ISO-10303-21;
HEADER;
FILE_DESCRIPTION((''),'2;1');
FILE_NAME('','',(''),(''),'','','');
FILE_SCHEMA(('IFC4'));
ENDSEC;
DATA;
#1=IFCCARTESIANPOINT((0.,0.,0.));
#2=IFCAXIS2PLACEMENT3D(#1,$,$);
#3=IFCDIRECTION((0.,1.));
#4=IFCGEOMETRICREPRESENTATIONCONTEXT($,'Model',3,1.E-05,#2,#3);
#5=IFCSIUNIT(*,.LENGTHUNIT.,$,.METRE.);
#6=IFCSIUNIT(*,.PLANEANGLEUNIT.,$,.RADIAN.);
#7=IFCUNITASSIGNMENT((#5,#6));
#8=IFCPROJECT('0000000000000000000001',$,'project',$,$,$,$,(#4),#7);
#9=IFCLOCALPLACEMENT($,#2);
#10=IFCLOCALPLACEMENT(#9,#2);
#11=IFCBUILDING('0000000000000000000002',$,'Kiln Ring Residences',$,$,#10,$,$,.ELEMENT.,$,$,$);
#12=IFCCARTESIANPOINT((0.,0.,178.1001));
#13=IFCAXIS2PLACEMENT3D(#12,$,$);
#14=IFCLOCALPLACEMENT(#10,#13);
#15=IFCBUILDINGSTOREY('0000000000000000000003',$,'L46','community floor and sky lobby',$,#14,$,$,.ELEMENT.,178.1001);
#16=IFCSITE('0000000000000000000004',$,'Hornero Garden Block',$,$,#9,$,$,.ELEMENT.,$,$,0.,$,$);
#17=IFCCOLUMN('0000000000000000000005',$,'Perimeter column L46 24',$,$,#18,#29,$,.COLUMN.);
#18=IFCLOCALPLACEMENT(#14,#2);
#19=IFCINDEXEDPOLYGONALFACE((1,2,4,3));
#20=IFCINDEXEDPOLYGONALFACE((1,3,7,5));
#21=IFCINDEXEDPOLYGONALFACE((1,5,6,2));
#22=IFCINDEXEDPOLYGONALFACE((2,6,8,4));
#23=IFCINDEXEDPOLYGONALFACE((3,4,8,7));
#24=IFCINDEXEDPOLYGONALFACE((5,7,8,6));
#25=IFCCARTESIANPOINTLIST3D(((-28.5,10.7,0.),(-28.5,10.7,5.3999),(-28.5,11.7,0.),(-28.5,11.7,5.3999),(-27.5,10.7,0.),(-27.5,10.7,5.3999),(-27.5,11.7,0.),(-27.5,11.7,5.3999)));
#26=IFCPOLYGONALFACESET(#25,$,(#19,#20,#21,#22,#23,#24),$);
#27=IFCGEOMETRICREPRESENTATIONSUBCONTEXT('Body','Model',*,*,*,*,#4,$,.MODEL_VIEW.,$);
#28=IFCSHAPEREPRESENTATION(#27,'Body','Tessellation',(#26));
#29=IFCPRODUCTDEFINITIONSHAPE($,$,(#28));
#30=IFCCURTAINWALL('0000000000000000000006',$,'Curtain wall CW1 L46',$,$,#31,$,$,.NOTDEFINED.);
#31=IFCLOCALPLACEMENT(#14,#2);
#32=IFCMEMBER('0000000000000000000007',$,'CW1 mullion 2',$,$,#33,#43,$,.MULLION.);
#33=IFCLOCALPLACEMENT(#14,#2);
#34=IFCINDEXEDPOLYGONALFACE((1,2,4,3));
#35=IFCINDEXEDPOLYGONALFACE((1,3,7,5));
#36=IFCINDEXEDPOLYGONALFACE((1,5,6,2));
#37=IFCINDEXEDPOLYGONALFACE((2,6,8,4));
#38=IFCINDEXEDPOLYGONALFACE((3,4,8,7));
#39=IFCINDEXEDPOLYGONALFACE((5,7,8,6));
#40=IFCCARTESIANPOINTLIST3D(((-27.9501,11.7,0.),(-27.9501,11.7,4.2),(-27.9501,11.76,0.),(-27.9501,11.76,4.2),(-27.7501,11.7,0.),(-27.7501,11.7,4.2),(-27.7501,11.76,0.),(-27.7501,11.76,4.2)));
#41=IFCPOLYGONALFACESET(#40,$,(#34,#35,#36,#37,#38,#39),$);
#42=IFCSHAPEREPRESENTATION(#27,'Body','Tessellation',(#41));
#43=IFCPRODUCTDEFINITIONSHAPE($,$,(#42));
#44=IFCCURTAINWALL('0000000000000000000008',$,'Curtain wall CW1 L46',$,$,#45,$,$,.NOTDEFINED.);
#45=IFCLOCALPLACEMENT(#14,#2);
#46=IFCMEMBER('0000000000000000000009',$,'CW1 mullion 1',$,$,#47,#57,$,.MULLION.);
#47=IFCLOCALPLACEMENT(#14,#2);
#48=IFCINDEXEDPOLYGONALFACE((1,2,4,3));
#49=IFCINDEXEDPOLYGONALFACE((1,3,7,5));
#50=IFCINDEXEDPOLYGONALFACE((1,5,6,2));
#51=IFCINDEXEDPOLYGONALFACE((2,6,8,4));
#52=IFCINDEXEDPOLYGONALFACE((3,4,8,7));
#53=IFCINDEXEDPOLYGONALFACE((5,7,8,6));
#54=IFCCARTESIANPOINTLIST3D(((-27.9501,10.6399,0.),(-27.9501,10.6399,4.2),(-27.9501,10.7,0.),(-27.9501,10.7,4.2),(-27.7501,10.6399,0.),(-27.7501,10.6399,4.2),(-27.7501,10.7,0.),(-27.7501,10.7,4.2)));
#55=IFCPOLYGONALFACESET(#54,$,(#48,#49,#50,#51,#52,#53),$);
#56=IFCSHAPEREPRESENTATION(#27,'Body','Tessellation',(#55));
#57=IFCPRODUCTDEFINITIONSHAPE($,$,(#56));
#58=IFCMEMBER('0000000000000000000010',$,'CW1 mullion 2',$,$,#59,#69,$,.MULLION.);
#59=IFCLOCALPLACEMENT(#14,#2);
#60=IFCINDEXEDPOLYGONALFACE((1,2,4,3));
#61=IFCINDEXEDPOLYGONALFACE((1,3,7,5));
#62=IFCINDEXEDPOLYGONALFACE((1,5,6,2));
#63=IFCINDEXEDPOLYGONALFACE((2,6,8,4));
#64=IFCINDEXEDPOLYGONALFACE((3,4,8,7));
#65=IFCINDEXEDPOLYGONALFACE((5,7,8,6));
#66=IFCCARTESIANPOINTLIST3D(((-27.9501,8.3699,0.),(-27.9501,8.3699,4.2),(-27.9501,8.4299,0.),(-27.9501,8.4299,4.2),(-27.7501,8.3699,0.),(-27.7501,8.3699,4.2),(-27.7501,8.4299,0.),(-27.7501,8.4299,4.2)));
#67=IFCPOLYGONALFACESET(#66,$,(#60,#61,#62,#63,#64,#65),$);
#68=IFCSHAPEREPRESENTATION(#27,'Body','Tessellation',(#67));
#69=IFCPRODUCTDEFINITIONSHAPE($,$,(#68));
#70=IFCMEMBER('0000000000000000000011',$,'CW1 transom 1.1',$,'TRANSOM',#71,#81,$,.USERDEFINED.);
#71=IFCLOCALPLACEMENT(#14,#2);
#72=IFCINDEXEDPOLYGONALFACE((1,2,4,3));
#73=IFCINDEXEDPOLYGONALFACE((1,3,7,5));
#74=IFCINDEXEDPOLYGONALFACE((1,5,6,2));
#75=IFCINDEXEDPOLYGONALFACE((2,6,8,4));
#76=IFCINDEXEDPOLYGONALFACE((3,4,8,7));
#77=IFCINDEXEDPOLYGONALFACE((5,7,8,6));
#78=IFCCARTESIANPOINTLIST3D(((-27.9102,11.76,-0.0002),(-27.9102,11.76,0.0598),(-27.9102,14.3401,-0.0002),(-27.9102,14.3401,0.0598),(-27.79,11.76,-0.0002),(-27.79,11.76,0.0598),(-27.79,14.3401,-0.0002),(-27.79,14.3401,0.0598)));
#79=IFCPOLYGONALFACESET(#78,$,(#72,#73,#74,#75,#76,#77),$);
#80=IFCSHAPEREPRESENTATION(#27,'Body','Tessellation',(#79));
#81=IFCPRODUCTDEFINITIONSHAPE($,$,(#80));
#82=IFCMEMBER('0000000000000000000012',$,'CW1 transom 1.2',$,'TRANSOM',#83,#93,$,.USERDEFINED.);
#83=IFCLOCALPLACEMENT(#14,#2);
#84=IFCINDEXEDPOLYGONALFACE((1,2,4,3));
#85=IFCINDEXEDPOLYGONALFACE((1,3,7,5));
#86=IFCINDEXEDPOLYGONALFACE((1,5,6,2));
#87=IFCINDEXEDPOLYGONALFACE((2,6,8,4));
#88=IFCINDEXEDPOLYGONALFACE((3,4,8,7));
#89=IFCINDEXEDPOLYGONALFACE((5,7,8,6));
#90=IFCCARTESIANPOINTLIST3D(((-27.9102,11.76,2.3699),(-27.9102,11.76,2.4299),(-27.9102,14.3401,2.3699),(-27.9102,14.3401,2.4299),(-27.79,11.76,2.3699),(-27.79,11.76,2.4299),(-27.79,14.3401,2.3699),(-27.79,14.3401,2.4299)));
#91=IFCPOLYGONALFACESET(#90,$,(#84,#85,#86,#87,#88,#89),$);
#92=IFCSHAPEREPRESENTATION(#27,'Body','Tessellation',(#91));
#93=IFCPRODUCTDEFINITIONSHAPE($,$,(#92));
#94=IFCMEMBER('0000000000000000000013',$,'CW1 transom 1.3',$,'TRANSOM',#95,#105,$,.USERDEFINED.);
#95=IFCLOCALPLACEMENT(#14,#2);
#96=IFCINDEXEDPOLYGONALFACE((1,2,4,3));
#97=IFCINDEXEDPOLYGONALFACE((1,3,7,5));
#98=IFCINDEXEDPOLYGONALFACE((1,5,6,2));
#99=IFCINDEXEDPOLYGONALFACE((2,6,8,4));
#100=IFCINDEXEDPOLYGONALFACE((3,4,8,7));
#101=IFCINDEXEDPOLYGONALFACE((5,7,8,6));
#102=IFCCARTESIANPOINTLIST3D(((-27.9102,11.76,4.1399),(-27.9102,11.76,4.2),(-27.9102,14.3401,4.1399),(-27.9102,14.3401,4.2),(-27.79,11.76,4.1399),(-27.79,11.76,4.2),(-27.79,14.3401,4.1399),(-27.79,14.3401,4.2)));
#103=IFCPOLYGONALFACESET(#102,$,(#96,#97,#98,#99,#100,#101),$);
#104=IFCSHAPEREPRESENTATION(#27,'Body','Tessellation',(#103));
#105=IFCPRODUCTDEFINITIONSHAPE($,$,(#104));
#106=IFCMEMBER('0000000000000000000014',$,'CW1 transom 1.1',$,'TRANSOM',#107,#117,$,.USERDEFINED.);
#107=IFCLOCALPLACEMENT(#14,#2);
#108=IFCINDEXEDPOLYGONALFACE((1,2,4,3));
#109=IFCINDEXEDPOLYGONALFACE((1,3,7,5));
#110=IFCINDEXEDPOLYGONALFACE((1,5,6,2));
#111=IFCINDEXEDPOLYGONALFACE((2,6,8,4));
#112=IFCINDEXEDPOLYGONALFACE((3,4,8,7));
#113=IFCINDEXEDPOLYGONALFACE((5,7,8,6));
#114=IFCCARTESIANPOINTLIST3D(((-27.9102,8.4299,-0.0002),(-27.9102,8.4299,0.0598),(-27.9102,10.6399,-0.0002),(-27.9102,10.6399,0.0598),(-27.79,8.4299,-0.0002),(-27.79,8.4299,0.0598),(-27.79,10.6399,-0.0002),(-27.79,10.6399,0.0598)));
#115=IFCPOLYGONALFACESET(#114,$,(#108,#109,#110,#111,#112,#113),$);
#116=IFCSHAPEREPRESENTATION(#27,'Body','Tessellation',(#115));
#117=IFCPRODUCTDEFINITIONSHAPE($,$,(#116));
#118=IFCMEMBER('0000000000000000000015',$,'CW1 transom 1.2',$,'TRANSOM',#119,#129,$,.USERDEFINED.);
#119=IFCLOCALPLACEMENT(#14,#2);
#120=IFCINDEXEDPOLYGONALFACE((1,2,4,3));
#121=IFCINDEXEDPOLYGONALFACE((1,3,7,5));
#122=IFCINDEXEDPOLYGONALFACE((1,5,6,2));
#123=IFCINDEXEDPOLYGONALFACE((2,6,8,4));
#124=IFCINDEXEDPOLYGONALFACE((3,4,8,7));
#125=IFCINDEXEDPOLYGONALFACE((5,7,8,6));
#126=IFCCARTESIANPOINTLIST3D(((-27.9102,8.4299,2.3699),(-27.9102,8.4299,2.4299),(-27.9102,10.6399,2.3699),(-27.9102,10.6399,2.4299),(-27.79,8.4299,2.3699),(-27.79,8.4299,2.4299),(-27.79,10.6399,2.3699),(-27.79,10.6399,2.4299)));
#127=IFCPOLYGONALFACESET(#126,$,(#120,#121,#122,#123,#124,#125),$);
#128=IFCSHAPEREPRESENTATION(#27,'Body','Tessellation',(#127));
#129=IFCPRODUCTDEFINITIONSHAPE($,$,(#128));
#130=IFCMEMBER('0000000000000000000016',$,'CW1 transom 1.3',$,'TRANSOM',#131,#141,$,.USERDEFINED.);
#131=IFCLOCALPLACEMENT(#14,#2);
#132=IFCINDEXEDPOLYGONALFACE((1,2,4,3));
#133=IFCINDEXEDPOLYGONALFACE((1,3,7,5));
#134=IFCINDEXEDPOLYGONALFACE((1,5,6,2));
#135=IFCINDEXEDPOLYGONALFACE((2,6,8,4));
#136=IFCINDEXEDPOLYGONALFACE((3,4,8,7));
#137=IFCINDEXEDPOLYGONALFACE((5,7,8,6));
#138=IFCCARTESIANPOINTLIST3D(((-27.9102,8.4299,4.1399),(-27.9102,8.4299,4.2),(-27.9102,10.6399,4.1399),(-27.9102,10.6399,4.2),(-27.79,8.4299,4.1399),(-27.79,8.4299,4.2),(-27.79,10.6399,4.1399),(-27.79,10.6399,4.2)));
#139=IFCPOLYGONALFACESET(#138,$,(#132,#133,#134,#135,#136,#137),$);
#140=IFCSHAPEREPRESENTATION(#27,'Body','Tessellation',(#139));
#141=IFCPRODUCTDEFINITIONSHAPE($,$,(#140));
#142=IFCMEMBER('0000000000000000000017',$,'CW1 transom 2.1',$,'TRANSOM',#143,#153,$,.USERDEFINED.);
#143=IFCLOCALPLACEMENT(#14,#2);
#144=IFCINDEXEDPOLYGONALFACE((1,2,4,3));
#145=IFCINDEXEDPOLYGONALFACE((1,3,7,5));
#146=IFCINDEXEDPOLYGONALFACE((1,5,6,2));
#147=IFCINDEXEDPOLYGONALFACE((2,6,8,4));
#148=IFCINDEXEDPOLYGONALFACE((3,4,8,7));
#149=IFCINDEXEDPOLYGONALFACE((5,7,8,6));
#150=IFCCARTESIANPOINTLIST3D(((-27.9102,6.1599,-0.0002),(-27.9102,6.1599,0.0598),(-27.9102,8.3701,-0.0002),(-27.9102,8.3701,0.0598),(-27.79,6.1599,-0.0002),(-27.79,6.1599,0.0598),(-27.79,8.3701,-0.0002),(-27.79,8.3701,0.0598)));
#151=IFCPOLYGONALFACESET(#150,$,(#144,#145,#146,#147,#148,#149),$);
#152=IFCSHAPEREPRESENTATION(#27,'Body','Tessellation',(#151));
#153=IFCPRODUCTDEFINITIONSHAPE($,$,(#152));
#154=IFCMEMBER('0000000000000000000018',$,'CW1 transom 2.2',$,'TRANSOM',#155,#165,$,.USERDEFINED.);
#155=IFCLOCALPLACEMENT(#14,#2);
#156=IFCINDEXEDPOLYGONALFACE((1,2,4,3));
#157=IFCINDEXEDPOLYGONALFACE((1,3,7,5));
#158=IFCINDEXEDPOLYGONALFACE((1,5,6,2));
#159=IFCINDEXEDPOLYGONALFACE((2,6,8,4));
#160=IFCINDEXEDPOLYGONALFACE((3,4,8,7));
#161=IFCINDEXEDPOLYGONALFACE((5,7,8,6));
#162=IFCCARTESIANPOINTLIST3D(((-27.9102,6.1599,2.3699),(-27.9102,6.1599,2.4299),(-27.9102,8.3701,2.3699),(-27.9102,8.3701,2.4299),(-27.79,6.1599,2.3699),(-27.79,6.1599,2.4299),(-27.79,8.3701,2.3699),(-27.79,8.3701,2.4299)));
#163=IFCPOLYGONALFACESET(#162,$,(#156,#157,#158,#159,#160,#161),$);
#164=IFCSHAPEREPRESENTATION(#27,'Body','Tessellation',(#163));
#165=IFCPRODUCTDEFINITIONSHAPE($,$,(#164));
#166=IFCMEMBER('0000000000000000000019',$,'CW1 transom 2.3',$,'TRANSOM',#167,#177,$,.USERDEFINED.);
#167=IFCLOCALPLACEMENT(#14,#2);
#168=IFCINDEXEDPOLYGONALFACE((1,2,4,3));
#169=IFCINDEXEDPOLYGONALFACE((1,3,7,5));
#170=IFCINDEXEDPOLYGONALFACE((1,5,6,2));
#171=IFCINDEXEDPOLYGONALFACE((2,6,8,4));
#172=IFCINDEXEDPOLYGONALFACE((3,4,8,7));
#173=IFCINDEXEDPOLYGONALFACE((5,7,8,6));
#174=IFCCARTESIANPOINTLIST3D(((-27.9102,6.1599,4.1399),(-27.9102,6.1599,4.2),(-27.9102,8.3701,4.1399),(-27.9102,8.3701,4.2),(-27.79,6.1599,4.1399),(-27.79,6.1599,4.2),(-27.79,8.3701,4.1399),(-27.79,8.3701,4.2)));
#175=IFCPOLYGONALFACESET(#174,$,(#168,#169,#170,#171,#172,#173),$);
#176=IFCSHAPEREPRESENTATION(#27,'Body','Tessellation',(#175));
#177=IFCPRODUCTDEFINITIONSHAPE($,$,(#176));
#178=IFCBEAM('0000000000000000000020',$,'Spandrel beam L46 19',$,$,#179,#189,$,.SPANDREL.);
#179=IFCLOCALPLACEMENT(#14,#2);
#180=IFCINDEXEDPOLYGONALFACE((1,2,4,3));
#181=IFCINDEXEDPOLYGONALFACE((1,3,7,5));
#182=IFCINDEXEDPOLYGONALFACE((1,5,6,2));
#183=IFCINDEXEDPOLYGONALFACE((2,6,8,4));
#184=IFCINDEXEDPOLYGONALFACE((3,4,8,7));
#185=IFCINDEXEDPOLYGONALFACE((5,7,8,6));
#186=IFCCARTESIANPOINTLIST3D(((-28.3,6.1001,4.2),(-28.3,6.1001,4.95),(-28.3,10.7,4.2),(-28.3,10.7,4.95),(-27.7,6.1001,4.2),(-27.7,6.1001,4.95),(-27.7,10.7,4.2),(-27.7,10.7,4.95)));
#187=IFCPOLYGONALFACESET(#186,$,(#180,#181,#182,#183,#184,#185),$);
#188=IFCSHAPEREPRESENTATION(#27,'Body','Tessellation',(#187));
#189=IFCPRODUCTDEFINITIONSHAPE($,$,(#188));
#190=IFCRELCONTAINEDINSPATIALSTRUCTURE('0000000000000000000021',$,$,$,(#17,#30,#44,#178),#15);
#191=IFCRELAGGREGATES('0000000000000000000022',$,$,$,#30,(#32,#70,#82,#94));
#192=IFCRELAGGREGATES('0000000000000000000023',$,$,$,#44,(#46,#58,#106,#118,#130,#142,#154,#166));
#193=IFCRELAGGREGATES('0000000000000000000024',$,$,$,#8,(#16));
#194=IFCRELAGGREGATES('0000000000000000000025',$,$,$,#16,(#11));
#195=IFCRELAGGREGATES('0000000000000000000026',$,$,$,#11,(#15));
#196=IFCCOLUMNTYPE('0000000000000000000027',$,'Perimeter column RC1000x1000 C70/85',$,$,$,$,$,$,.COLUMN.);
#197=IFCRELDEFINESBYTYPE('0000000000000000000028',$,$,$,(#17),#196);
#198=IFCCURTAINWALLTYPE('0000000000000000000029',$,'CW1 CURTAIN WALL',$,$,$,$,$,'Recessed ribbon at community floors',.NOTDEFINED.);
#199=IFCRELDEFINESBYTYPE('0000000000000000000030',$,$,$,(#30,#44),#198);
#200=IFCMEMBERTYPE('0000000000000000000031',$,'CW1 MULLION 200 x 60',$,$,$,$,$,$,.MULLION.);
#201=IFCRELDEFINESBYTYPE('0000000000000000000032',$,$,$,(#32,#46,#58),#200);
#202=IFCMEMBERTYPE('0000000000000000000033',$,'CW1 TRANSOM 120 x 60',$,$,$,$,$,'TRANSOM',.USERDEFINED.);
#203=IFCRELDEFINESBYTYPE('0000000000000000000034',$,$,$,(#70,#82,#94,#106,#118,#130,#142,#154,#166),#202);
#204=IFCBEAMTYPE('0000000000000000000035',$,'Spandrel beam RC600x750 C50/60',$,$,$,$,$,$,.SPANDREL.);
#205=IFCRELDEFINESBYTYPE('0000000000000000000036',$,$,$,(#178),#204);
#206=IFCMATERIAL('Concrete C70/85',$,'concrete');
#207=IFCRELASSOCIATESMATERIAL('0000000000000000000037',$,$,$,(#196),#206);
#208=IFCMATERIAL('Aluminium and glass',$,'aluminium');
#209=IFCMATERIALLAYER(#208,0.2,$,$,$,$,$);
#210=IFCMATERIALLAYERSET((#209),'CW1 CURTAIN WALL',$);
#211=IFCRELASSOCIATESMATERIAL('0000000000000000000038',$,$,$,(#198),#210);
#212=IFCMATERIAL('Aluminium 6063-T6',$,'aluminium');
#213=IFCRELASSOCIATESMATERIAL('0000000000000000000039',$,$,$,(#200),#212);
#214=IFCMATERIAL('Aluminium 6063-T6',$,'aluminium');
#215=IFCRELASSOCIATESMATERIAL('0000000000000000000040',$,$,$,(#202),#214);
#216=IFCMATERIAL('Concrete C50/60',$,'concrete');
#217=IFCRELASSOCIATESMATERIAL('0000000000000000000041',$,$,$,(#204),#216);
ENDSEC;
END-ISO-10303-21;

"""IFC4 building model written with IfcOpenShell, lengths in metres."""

from ifc_helpers import new_model, si_unit, direction, frame, origin, origin_2d, place, context, subcontext, project, spatial, rectangle, extrude, material, layer, layer_set, material_profile, profile_set, type_object, element, aggregate, save


model = new_model("IFC4")

# Units and contexts
model_context = context("Model", 3, precision=1e-05, world=origin(), true_north=direction((0.0, 1.0)))
body_context = subcontext(model_context, "Body", "Model", "MODEL_VIEW")
ifc_project = project(units=[si_unit("LENGTHUNIT", "METRE"), si_unit("PLANEANGLEUNIT", "RADIAN")], contexts=[model_context])

# Site, building, storey
site_placement = place(None, origin())
site = spatial("IfcSite", under=ifc_project, at=site_placement, Name="Hornero Garden Block", CompositionType="ELEMENT", RefElevation=0.0)
building_placement = place(site_placement, origin())
building = spatial("IfcBuilding", under=site, at=building_placement, Name="Kiln Ring Residences", CompositionType="ELEMENT")
storey_placement = place(building_placement, frame((0.0, 0.0, 178.1001)))
storey = spatial("IfcBuildingStorey", under=building, at=storey_placement, Name="L46", Description="community floor and sky lobby", CompositionType="ELEMENT", Elevation=178.1001)

# Column
ifc_material_1 = material(Name="Concrete C70/85", Category="concrete")
ifc_material_profile_1 = material_profile(ifc_material_1, rectangle(XDim=1.0, YDim=1.0, at=origin_2d()), Name="RC1000x1000")
ifc_profile_set_1 = profile_set([ifc_material_profile_1], Name="Concrete C70/85")
column_type = type_object("IfcColumnType", Name="Perimeter column RC1000x1000 C70/85", PredefinedType="COLUMN", material=ifc_profile_set_1)
column_placement = place(storey_placement, frame((-28.0, 11.2, 0.0), z_axis=(0.0, 0.0, 1.0), x_axis=(1.0, 0.0, 0.0)))
element("IfcColumn", 1, at=column_placement, inside=storey, type_object=column_type, Name="Perimeter column L46 24", PredefinedType="COLUMN", context=body_context, shape_type="SweptSolid", body=[
    extrude(rectangle(XDim=1.0, YDim=1.0, at=origin_2d()), origin(), (0.0, 0.0, 1.0), 5.3999),
])

# Curtain wall, member
ifc_material_2 = material(Name="Aluminium and glass", Category="aluminium")
ifc_layer_1 = layer(ifc_material_2, 0.2)
ifc_layer_set_1 = layer_set([ifc_layer_1], Name="CW1 CURTAIN WALL")
curtain_wall_type = type_object("IfcCurtainWallType", Name="CW1 CURTAIN WALL", ElementType="Recessed ribbon at community floors", PredefinedType="NOTDEFINED", material=ifc_layer_set_1)
placement = place(storey_placement, origin())
curtain_wall_1 = element("IfcCurtainWall", 2, at=placement, inside=storey, type_object=curtain_wall_type, Name="Curtain wall CW1 L46", PredefinedType="NOTDEFINED")
ifc_material_3 = material(Name="Aluminium 6063-T6", Category="aluminium")
ifc_material_profile_2 = material_profile(ifc_material_3, rectangle(XDim=0.2, YDim=0.0601, at=origin_2d()), Name="AL 200x60")
ifc_profile_set_2 = profile_set([ifc_material_profile_2], Name="Aluminium 6063-T6")
member_type_1 = type_object("IfcMemberType", Name="CW1 MULLION 200 x 60", PredefinedType="MULLION", material=ifc_profile_set_2)
member_1_placement = place(storey_placement, frame((-27.8501, 11.73, 0.0), z_axis=(0.0, 0.0, 1.0), x_axis=(1.0, 0.0, 0.0)))
member_1 = element("IfcMember", 3, at=member_1_placement, type_object=member_type_1, Name="CW1 mullion 2", PredefinedType="MULLION", context=body_context, shape_type="SweptSolid", body=[
    extrude(rectangle(XDim=0.2, YDim=0.0601, at=origin_2d()), origin(), (0.0, 0.0, 1.0), 4.2),
])

# Curtain wall, members
curtain_wall_2 = element("IfcCurtainWall", 4, at=placement, inside=storey, type_object=curtain_wall_type, Name="Curtain wall CW1 L46", PredefinedType="NOTDEFINED")
member_2_placement = place(storey_placement, frame((-27.8501, 10.6699, 0.0), z_axis=(0.0, 0.0, 1.0), x_axis=(1.0, 0.0, 0.0)))
member_2 = element("IfcMember", 5, at=member_2_placement, type_object=member_type_1, Name="CW1 mullion 1", PredefinedType="MULLION", context=body_context, shape_type="SweptSolid", body=[
    extrude(rectangle(XDim=0.2, YDim=0.0601, at=origin_2d()), origin(), (0.0, 0.0, 1.0), 4.2),
])
member_3_placement = place(storey_placement, frame((-27.8501, 8.3999, 0.0), z_axis=(0.0, 0.0, 1.0), x_axis=(1.0, 0.0, 0.0)))
member_3 = element("IfcMember", 6, at=member_3_placement, type_object=member_type_1, Name="CW1 mullion 2", PredefinedType="MULLION", context=body_context, shape_type="SweptSolid", body=[
    extrude(rectangle(XDim=0.2, YDim=0.0601, at=origin_2d()), origin(), (0.0, 0.0, 1.0), 4.2),
])

# Members
ifc_material_4 = material(Name="Aluminium 6063-T6", Category="aluminium")
ifc_material_profile_3 = material_profile(ifc_material_4, rectangle(XDim=0.1201, YDim=0.0601, at=origin_2d()), Name="AL 120x60")
ifc_profile_set_3 = profile_set([ifc_material_profile_3], Name="Aluminium 6063-T6")
member_type_2 = type_object("IfcMemberType", Name="CW1 TRANSOM 120 x 60", ElementType="TRANSOM", PredefinedType="USERDEFINED", material=ifc_profile_set_3)
member_4_placement = place(storey_placement, frame((-27.8501, 14.3401, 0.0298), z_axis=(0.0, -1.0, 0.0), x_axis=(1.0, 0.0, 0.0)))
member_4 = element("IfcMember", 7, at=member_4_placement, type_object=member_type_2, Name="CW1 transom 1.1", ObjectType="TRANSOM", PredefinedType="USERDEFINED", context=body_context, shape_type="SweptSolid", body=[
    extrude(rectangle(XDim=0.1201, YDim=0.0601, at=origin_2d()), origin(), (0.0, 0.0, 1.0), 2.5801),
])
member_5_placement = place(storey_placement, frame((-27.8501, 14.3401, 2.3999), z_axis=(0.0, -1.0, 0.0), x_axis=(1.0, 0.0, 0.0)))
member_5 = element("IfcMember", 8, at=member_5_placement, type_object=member_type_2, Name="CW1 transom 1.2", ObjectType="TRANSOM", PredefinedType="USERDEFINED", context=body_context, shape_type="SweptSolid", body=[
    extrude(rectangle(XDim=0.1201, YDim=0.0601, at=origin_2d()), origin(), (0.0, 0.0, 1.0), 2.5801),
])
member_6_placement = place(storey_placement, frame((-27.8501, 14.3401, 4.1699), z_axis=(0.0, -1.0, 0.0), x_axis=(1.0, 0.0, 0.0)))
member_6 = element("IfcMember", 9, at=member_6_placement, type_object=member_type_2, Name="CW1 transom 1.3", ObjectType="TRANSOM", PredefinedType="USERDEFINED", context=body_context, shape_type="SweptSolid", body=[
    extrude(rectangle(XDim=0.1201, YDim=0.0601, at=origin_2d()), origin(), (0.0, 0.0, 1.0), 2.5801),
])
member_7_placement = place(storey_placement, frame((-27.8501, 10.6399, 0.0298), z_axis=(0.0, -1.0, 0.0), x_axis=(1.0, 0.0, 0.0)))
member_7 = element("IfcMember", 10, at=member_7_placement, type_object=member_type_2, Name="CW1 transom 1.1", ObjectType="TRANSOM", PredefinedType="USERDEFINED", context=body_context, shape_type="SweptSolid", body=[
    extrude(rectangle(XDim=0.1201, YDim=0.0601, at=origin_2d()), origin(), (0.0, 0.0, 1.0), 2.21),
])
member_8_placement = place(storey_placement, frame((-27.8501, 10.6399, 2.3999), z_axis=(0.0, -1.0, 0.0), x_axis=(1.0, 0.0, 0.0)))
member_8 = element("IfcMember", 11, at=member_8_placement, type_object=member_type_2, Name="CW1 transom 1.2", ObjectType="TRANSOM", PredefinedType="USERDEFINED", context=body_context, shape_type="SweptSolid", body=[
    extrude(rectangle(XDim=0.1201, YDim=0.0601, at=origin_2d()), origin(), (0.0, 0.0, 1.0), 2.21),
])
member_9_placement = place(storey_placement, frame((-27.8501, 10.6399, 4.1699), z_axis=(0.0, -1.0, 0.0), x_axis=(1.0, 0.0, 0.0)))
member_9 = element("IfcMember", 12, at=member_9_placement, type_object=member_type_2, Name="CW1 transom 1.3", ObjectType="TRANSOM", PredefinedType="USERDEFINED", context=body_context, shape_type="SweptSolid", body=[
    extrude(rectangle(XDim=0.1201, YDim=0.0601, at=origin_2d()), origin(), (0.0, 0.0, 1.0), 2.21),
])
member_10_placement = place(storey_placement, frame((-27.8501, 8.3701, 0.0298), z_axis=(0.0, -1.0, 0.0), x_axis=(1.0, 0.0, 0.0)))
member_10 = element("IfcMember", 13, at=member_10_placement, type_object=member_type_2, Name="CW1 transom 2.1", ObjectType="TRANSOM", PredefinedType="USERDEFINED", context=body_context, shape_type="SweptSolid", body=[
    extrude(rectangle(XDim=0.1201, YDim=0.0601, at=origin_2d()), origin(), (0.0, 0.0, 1.0), 2.2102),
])
member_11_placement = place(storey_placement, frame((-27.8501, 8.3701, 2.3999), z_axis=(0.0, -1.0, 0.0), x_axis=(1.0, 0.0, 0.0)))
member_11 = element("IfcMember", 14, at=member_11_placement, type_object=member_type_2, Name="CW1 transom 2.2", ObjectType="TRANSOM", PredefinedType="USERDEFINED", context=body_context, shape_type="SweptSolid", body=[
    extrude(rectangle(XDim=0.1201, YDim=0.0601, at=origin_2d()), origin(), (0.0, 0.0, 1.0), 2.2102),
])
member_12_placement = place(storey_placement, frame((-27.8501, 8.3701, 4.1699), z_axis=(0.0, -1.0, 0.0), x_axis=(1.0, 0.0, 0.0)))
member_12 = element("IfcMember", 15, at=member_12_placement, type_object=member_type_2, Name="CW1 transom 2.3", ObjectType="TRANSOM", PredefinedType="USERDEFINED", context=body_context, shape_type="SweptSolid", body=[
    extrude(rectangle(XDim=0.1201, YDim=0.0601, at=origin_2d()), origin(), (0.0, 0.0, 1.0), 2.2102),
])

# Beam
ifc_material_5 = material(Name="Concrete C50/60", Category="concrete")
ifc_material_profile_4 = material_profile(ifc_material_5, rectangle(XDim=0.6001, YDim=0.75, at=origin_2d()), Name="RC600x750")
ifc_profile_set_4 = profile_set([ifc_material_profile_4], Name="Concrete C50/60")
beam_type = type_object("IfcBeamType", Name="Spandrel beam RC600x750 C50/60", PredefinedType="SPANDREL", material=ifc_profile_set_4)
beam_placement = place(storey_placement, frame((-28.0, 10.7, 4.575), z_axis=(0.0, -1.0, 0.0), x_axis=(1.0, 0.0, 0.0)))
element("IfcBeam", 16, at=beam_placement, inside=storey, type_object=beam_type, Name="Spandrel beam L46 19", PredefinedType="SPANDREL", context=body_context, shape_type="SweptSolid", body=[
    extrude(rectangle(XDim=0.6001, YDim=0.75, at=origin_2d()), origin(), (0.0, 0.0, 1.0), 4.5999),
])

aggregate(curtain_wall_1, [member_1, member_4, member_5, member_6])
aggregate(curtain_wall_2, [member_2, member_3, member_7, member_8, member_9, member_10, member_11, member_12])

save(model, "model.ifc")
